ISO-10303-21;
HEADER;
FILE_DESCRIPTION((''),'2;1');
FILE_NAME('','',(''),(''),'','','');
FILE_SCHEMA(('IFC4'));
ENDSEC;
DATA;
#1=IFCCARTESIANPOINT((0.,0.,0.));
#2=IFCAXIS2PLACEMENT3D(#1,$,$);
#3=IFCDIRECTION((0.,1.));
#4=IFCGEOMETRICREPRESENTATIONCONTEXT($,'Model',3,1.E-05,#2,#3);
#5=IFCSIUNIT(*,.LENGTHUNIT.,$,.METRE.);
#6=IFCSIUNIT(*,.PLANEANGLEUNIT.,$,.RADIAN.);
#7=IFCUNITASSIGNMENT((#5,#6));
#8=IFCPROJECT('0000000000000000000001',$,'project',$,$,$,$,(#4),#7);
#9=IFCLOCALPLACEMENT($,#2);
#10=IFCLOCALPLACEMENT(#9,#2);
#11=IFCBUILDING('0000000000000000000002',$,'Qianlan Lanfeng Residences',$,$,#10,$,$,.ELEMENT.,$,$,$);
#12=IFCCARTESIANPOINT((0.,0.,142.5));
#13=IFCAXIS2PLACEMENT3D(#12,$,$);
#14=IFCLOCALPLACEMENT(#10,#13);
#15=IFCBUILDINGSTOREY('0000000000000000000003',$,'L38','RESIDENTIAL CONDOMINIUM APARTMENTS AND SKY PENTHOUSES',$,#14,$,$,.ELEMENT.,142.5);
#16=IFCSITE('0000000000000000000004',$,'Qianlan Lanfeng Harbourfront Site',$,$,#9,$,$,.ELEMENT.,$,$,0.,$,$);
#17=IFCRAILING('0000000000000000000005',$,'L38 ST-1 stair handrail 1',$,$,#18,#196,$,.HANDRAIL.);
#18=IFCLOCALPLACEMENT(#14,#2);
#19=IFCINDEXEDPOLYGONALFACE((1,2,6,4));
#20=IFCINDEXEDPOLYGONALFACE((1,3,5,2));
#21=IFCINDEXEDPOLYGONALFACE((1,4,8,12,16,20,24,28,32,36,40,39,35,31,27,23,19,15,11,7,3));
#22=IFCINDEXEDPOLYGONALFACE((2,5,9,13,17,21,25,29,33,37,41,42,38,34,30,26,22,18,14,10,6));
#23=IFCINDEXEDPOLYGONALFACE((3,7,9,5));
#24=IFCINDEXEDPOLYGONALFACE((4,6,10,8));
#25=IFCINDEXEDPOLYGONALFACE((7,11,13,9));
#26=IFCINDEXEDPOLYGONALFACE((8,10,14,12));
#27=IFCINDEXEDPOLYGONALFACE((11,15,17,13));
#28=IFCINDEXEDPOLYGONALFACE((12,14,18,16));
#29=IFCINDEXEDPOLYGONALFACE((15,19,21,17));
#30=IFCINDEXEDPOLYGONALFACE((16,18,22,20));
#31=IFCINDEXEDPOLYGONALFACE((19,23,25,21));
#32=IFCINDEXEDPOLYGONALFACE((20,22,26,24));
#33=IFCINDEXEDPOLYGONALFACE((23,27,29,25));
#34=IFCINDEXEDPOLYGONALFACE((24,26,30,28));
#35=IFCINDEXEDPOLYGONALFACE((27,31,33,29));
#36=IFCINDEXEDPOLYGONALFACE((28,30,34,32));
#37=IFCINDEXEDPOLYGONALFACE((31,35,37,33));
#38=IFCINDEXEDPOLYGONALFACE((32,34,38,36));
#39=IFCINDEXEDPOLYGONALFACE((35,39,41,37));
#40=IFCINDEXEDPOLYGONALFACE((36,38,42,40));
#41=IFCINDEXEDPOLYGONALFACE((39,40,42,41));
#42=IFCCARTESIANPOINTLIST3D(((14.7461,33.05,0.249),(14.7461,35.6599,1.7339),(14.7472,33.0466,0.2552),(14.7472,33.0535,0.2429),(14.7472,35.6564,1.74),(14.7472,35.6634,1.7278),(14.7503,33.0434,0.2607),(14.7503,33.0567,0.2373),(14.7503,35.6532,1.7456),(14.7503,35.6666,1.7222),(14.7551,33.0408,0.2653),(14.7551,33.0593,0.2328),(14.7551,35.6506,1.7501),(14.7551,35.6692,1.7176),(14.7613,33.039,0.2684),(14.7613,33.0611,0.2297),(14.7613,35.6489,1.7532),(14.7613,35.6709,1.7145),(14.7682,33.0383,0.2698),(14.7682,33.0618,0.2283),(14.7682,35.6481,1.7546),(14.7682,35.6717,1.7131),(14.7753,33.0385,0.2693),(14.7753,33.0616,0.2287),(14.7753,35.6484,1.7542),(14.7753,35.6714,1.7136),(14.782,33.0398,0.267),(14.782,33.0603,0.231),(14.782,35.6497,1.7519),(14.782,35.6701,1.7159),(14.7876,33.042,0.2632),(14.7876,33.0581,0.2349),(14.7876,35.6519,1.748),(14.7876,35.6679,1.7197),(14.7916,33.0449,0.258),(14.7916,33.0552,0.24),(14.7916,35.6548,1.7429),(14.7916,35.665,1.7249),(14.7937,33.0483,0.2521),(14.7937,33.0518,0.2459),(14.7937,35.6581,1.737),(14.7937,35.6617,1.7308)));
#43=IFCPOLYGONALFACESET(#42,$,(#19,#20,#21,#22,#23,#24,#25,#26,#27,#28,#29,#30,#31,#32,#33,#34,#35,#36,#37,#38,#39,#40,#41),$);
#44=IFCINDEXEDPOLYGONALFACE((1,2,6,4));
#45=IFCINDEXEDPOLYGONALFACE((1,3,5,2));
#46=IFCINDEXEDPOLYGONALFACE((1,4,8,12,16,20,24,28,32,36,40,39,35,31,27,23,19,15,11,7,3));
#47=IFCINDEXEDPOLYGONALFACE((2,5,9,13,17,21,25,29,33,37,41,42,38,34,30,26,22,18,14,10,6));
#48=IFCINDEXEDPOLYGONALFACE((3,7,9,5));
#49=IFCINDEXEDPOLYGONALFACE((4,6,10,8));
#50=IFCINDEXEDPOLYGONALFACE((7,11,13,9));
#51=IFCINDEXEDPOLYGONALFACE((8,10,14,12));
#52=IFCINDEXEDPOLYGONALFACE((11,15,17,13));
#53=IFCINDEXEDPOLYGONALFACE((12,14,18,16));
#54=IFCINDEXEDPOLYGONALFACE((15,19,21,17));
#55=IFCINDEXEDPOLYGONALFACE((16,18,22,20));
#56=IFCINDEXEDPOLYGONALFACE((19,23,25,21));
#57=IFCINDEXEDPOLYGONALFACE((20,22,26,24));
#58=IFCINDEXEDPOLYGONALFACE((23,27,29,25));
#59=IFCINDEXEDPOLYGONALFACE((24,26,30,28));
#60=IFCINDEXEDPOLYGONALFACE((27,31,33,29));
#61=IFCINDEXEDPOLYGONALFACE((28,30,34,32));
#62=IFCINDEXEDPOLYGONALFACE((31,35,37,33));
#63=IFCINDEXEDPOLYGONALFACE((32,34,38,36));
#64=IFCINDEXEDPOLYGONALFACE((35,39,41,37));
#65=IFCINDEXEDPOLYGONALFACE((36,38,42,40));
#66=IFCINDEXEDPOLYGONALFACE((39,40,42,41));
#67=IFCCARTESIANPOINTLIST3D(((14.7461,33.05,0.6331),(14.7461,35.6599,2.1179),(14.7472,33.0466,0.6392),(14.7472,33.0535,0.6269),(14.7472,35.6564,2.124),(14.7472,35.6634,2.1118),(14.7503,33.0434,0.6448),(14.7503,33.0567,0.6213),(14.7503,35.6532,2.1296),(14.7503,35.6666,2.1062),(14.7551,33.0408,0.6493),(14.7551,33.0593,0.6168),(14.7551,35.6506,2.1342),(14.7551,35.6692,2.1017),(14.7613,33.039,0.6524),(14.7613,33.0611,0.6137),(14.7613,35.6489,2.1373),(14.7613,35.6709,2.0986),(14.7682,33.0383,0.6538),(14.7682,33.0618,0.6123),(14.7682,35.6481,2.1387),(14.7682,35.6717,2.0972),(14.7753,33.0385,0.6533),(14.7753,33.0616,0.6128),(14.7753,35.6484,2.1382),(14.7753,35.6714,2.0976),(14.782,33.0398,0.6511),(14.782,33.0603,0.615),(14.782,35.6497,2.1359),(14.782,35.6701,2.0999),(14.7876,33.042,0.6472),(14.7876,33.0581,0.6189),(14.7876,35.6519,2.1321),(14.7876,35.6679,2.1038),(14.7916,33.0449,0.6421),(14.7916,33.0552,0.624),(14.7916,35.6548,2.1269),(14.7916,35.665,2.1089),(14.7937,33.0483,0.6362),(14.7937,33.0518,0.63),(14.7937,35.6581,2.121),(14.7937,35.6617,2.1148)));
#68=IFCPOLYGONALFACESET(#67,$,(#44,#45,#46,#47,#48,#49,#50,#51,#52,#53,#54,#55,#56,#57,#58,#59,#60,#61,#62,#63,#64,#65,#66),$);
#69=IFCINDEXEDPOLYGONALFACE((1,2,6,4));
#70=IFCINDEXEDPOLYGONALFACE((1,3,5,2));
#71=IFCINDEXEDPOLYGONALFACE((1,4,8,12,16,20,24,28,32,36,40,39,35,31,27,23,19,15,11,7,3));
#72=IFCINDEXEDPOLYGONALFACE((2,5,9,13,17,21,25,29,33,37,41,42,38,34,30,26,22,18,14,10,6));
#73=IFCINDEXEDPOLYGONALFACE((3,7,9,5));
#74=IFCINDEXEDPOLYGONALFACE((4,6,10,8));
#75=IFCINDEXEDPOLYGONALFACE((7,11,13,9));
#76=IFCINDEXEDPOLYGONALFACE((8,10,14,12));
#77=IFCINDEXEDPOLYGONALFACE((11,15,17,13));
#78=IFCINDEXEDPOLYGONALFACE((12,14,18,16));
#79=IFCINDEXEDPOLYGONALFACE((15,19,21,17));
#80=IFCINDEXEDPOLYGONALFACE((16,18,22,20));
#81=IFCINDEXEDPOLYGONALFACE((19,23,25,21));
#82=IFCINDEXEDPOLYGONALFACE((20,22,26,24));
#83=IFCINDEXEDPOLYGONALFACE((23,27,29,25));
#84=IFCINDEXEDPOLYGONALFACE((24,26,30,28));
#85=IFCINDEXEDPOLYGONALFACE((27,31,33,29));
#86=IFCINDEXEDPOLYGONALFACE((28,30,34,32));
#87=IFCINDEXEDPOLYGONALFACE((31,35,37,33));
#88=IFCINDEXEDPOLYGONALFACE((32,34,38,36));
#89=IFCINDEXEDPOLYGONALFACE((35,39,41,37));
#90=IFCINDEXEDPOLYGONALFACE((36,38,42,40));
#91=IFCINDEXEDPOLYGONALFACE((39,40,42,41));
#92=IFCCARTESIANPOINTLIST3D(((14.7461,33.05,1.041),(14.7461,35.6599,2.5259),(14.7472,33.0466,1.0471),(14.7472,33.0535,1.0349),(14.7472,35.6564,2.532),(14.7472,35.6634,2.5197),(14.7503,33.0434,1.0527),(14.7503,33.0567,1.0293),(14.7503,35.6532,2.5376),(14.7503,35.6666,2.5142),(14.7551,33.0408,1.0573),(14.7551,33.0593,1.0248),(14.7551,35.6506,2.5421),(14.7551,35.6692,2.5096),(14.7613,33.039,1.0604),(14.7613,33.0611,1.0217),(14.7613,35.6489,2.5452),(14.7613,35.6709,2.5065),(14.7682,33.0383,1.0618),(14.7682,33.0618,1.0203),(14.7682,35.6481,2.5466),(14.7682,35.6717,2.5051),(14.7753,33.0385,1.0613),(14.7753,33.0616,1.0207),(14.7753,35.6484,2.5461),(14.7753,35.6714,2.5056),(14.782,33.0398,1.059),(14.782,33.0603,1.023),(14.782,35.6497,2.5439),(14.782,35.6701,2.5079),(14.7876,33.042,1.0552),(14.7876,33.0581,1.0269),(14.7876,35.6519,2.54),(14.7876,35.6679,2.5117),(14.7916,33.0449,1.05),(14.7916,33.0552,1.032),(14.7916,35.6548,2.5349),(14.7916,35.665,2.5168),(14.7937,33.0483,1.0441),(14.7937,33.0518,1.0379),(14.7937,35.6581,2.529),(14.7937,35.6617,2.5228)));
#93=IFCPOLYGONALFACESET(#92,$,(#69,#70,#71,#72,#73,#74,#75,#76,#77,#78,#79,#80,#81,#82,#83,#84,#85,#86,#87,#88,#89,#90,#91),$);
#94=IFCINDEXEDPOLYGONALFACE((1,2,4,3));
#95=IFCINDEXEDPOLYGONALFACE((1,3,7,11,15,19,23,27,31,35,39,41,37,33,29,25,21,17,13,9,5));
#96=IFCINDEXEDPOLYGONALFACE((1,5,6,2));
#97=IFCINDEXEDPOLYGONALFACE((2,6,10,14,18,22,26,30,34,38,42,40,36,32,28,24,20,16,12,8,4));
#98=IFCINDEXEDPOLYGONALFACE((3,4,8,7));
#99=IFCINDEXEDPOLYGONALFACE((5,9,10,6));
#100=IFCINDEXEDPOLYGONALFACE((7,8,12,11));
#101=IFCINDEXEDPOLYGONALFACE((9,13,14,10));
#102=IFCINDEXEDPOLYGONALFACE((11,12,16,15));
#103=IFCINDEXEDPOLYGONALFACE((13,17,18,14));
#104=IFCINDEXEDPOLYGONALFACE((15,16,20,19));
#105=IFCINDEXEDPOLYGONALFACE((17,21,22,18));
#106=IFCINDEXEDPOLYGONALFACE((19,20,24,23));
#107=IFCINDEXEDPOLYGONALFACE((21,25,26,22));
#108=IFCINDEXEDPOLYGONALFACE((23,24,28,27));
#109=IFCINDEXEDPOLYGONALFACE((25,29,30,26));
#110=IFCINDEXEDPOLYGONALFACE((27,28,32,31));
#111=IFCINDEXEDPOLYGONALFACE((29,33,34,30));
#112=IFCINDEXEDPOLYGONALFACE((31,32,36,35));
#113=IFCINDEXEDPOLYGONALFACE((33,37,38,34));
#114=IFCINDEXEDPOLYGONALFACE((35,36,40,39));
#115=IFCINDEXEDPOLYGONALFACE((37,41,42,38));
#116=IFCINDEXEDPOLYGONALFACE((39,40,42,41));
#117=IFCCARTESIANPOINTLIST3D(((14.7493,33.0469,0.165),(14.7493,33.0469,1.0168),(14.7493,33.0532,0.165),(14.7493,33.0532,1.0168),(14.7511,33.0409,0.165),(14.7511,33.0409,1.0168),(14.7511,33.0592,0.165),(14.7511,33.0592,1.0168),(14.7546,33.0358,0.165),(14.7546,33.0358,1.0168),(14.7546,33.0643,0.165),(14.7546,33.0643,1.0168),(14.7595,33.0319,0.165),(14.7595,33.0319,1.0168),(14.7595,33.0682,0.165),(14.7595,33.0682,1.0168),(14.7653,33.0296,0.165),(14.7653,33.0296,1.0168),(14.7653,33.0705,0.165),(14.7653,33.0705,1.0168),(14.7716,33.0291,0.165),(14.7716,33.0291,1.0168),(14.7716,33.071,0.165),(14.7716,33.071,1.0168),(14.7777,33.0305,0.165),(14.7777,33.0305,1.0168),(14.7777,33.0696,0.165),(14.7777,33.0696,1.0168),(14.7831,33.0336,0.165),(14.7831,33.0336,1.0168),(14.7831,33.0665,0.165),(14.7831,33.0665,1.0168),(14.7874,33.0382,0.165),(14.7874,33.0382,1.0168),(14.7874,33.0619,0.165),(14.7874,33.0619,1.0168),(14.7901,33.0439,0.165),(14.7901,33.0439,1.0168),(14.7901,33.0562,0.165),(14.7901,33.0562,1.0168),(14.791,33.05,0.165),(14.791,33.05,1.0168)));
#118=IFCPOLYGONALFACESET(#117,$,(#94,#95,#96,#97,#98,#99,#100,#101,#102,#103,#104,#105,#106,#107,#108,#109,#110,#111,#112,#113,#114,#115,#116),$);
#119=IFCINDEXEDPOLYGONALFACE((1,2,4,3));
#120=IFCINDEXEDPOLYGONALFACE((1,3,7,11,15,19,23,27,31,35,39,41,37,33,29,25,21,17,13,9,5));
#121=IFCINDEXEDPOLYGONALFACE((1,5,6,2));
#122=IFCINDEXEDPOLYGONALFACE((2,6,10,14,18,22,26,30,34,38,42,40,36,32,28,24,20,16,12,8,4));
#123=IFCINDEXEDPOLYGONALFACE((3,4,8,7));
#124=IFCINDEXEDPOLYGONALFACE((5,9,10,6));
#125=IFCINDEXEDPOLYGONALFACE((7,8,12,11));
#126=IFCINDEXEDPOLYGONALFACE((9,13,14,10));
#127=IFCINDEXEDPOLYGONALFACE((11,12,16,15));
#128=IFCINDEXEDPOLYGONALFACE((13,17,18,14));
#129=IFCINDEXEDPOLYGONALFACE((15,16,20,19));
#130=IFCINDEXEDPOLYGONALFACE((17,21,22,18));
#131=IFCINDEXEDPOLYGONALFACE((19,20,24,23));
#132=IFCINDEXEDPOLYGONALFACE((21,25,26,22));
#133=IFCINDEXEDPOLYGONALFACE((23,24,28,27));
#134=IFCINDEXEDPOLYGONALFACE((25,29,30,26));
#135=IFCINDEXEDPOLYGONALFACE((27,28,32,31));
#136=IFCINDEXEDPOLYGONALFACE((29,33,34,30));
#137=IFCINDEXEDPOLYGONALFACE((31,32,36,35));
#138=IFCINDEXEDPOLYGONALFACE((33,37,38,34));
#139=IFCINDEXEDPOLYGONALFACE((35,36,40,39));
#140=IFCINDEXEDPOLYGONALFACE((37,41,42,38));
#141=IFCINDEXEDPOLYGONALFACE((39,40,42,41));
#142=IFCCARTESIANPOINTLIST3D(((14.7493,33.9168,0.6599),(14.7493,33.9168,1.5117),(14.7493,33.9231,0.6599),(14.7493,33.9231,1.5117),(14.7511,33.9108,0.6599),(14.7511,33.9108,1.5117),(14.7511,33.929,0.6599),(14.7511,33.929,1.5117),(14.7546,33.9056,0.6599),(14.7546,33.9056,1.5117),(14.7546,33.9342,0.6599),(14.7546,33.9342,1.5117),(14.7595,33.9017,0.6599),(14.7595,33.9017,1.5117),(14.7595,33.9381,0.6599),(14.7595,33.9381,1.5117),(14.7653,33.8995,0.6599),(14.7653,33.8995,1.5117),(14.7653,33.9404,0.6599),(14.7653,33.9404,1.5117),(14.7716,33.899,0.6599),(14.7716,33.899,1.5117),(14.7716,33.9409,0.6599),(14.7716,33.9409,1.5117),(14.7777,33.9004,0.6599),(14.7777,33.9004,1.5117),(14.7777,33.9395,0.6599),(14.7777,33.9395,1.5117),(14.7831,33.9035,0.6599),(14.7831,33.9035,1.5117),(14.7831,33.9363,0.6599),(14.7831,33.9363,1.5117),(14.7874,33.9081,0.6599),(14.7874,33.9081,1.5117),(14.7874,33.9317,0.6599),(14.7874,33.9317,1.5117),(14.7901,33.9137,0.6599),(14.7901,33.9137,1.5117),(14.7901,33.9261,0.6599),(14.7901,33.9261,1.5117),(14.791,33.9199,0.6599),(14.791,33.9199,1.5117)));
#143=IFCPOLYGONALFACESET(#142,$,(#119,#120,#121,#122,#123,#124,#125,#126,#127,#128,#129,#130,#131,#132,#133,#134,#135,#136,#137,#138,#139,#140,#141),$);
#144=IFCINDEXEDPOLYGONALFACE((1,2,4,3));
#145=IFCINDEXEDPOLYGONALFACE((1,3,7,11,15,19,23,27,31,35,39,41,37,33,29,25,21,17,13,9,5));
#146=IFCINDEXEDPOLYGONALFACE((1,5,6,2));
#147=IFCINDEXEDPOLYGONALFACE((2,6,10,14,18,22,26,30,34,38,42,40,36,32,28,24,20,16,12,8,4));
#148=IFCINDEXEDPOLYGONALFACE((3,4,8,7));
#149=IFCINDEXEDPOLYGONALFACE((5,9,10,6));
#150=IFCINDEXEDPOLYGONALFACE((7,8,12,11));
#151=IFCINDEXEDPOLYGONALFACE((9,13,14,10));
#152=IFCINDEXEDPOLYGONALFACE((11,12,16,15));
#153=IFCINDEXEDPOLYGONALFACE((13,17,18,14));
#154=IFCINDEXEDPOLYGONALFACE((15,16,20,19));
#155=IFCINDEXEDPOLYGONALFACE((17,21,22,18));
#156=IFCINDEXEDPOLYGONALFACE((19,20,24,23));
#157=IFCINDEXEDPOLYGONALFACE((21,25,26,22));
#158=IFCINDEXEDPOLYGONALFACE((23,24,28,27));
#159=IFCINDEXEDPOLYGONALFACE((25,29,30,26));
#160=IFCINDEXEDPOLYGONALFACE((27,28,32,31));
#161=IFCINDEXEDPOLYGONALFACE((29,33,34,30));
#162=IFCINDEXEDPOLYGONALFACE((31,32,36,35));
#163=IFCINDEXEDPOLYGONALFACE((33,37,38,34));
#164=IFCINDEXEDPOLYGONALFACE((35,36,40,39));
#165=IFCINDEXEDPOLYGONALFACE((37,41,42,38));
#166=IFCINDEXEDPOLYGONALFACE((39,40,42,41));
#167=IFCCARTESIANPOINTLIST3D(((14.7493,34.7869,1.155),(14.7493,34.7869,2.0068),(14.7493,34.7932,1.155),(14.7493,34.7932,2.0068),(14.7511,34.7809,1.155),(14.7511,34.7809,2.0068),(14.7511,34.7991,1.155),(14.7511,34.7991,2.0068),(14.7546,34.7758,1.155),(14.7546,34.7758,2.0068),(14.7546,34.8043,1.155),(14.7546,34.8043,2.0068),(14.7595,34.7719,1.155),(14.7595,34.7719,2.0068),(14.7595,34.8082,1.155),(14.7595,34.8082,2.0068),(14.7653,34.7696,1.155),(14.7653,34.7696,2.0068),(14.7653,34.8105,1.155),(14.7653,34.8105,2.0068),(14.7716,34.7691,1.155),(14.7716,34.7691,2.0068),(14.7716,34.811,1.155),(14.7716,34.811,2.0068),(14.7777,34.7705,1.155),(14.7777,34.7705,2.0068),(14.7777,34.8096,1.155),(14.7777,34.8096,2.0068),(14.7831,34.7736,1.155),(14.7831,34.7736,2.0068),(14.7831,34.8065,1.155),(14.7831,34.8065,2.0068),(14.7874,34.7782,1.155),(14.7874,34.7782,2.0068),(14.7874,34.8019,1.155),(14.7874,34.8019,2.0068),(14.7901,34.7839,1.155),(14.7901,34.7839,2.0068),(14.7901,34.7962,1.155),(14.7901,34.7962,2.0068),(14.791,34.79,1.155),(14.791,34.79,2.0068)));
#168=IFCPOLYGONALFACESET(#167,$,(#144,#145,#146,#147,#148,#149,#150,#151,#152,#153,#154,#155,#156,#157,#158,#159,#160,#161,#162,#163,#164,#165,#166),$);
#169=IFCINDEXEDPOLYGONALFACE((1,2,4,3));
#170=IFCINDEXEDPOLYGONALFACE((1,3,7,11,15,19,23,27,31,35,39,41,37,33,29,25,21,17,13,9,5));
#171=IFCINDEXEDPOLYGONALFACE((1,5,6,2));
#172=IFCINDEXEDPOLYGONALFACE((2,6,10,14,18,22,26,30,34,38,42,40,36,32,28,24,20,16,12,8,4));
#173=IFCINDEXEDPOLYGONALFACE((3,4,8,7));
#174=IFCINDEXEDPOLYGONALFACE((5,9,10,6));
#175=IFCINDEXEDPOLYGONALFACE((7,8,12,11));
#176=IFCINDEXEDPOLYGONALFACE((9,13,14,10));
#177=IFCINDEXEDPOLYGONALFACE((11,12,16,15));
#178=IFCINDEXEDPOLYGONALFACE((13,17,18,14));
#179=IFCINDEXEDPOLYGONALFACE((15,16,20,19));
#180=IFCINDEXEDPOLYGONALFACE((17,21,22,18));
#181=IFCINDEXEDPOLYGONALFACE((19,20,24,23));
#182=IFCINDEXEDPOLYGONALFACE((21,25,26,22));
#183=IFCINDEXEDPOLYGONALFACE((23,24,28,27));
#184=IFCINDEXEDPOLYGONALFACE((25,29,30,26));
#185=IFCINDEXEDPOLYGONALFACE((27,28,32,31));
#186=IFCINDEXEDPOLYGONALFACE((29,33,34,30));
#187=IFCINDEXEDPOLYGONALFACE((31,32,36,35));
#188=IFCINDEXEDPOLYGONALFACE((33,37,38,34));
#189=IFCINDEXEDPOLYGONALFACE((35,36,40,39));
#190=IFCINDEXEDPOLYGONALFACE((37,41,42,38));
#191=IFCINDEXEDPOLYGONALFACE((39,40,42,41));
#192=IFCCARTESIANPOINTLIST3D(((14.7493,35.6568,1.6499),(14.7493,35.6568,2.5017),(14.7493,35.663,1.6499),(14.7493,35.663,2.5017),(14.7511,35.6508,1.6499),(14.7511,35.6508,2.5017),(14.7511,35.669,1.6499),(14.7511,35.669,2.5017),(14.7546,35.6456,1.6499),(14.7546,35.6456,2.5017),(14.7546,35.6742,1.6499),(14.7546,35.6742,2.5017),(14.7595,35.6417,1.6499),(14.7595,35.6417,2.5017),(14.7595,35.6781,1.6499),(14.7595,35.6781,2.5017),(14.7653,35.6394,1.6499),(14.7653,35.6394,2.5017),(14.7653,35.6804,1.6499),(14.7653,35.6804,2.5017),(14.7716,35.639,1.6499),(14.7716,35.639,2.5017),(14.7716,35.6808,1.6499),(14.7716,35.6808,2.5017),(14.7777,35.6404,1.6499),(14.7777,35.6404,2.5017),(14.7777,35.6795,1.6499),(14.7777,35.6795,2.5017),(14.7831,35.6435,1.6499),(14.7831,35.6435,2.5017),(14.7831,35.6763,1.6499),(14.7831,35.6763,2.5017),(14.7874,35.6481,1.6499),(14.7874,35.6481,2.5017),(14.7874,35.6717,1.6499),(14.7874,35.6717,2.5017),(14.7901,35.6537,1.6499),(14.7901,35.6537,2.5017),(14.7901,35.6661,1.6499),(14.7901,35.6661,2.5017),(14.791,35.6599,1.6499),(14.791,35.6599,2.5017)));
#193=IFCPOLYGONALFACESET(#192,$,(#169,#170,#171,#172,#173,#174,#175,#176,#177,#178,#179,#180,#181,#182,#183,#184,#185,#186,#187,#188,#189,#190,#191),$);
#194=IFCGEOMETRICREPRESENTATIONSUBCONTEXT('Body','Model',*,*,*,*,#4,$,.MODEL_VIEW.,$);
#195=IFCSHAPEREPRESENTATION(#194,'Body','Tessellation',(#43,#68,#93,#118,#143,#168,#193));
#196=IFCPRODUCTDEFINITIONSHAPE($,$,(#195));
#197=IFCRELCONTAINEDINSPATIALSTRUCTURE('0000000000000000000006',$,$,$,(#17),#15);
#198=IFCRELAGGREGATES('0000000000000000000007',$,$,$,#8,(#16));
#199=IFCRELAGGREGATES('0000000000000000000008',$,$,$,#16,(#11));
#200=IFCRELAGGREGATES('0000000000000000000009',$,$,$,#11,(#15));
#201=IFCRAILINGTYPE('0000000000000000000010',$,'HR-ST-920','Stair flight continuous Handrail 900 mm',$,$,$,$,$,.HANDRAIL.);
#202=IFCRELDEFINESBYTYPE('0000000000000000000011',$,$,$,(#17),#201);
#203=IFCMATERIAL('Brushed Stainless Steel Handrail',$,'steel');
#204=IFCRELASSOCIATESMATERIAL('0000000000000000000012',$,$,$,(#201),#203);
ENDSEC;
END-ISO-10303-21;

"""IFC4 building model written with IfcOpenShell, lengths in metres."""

from ifc_helpers import new_model, si_unit, direction, frame, origin, origin_2d, place, context, subcontext, project, spatial, circle, extrude, material, type_object, element, save


model = new_model("IFC4")

# Units and contexts
model_context = context("Model", 3, precision=1e-05, world=origin(), true_north=direction((0.0, 1.0)))
body_context = subcontext(model_context, "Body", "Model", "MODEL_VIEW")
ifc_project = project(units=[si_unit("LENGTHUNIT", "METRE"), si_unit("PLANEANGLEUNIT", "RADIAN")], contexts=[model_context])

# Site, building, storey
site_placement = place(None, origin())
site = spatial("IfcSite", under=ifc_project, at=site_placement, Name="Qianlan Lanfeng Harbourfront Site", CompositionType="ELEMENT", RefElevation=0.0)
building_placement = place(site_placement, origin())
building = spatial("IfcBuilding", under=site, at=building_placement, Name="Qianlan Lanfeng Residences", CompositionType="ELEMENT")
storey_placement = place(building_placement, frame((0.0, 0.0, 142.5)))
storey = spatial("IfcBuildingStorey", under=building, at=storey_placement, Name="L38", Description="RESIDENTIAL CONDOMINIUM APARTMENTS AND SKY PENTHOUSES", CompositionType="ELEMENT", Elevation=142.5)

# Railing
ifc_material_1 = material(Name="Brushed Stainless Steel Handrail", Category="steel")
railing_type_1 = type_object("IfcRailingType", Name="HR-ST-920", Description="Stair flight continuous Handrail 900 mm", PredefinedType="HANDRAIL", material=ifc_material_1)
railing_1_placement = place(storey_placement, frame((14.77, 33.05, 0.165)))
element("IfcRailing", 1, at=railing_1_placement, inside=storey, type_object=railing_type_1, Name="L38 ST-1 stair handrail 1", PredefinedType="HANDRAIL", context=body_context, shape_type="SweptSolid", body=[
    extrude(circle(Radius=0.0239, at=origin_2d()), frame((0.0, 0.0, 0.084), z_axis=(0.0, 0.869172, 0.494509), x_axis=(-1.0, 0.0, 0.0)), (0.0, 0.0, 1.0), 3.0027),
    extrude(circle(Radius=0.0239, at=origin_2d()), frame((0.0, 0.0, 0.468), z_axis=(0.0, 0.869172, 0.494509), x_axis=(-1.0, 0.0, 0.0)), (0.0, 0.0, 1.0), 3.0027),
    extrude(circle(Radius=0.0239, at=origin_2d()), frame((0.0, 0.0, 0.876), z_axis=(0.0, 0.869172, 0.494509), x_axis=(-1.0, 0.0, 0.0)), (0.0, 0.0, 1.0), 3.0027),
    extrude(circle(Radius=0.021, at=origin_2d()), origin(), (0.0, 0.0, 1.0), 0.8518),
    extrude(circle(Radius=0.021, at=origin_2d()), frame((0.0, 0.8699, 0.4949)), (0.0, 0.0, 1.0), 0.8518),
    extrude(circle(Radius=0.021, at=origin_2d()), frame((0.0, 1.74, 0.99)), (0.0, 0.0, 1.0), 0.8518),
    extrude(circle(Radius=0.021, at=origin_2d()), frame((0.0, 2.6099, 1.4849)), (0.0, 0.0, 1.0), 0.8518),
])

save(model, "model.ifc")
